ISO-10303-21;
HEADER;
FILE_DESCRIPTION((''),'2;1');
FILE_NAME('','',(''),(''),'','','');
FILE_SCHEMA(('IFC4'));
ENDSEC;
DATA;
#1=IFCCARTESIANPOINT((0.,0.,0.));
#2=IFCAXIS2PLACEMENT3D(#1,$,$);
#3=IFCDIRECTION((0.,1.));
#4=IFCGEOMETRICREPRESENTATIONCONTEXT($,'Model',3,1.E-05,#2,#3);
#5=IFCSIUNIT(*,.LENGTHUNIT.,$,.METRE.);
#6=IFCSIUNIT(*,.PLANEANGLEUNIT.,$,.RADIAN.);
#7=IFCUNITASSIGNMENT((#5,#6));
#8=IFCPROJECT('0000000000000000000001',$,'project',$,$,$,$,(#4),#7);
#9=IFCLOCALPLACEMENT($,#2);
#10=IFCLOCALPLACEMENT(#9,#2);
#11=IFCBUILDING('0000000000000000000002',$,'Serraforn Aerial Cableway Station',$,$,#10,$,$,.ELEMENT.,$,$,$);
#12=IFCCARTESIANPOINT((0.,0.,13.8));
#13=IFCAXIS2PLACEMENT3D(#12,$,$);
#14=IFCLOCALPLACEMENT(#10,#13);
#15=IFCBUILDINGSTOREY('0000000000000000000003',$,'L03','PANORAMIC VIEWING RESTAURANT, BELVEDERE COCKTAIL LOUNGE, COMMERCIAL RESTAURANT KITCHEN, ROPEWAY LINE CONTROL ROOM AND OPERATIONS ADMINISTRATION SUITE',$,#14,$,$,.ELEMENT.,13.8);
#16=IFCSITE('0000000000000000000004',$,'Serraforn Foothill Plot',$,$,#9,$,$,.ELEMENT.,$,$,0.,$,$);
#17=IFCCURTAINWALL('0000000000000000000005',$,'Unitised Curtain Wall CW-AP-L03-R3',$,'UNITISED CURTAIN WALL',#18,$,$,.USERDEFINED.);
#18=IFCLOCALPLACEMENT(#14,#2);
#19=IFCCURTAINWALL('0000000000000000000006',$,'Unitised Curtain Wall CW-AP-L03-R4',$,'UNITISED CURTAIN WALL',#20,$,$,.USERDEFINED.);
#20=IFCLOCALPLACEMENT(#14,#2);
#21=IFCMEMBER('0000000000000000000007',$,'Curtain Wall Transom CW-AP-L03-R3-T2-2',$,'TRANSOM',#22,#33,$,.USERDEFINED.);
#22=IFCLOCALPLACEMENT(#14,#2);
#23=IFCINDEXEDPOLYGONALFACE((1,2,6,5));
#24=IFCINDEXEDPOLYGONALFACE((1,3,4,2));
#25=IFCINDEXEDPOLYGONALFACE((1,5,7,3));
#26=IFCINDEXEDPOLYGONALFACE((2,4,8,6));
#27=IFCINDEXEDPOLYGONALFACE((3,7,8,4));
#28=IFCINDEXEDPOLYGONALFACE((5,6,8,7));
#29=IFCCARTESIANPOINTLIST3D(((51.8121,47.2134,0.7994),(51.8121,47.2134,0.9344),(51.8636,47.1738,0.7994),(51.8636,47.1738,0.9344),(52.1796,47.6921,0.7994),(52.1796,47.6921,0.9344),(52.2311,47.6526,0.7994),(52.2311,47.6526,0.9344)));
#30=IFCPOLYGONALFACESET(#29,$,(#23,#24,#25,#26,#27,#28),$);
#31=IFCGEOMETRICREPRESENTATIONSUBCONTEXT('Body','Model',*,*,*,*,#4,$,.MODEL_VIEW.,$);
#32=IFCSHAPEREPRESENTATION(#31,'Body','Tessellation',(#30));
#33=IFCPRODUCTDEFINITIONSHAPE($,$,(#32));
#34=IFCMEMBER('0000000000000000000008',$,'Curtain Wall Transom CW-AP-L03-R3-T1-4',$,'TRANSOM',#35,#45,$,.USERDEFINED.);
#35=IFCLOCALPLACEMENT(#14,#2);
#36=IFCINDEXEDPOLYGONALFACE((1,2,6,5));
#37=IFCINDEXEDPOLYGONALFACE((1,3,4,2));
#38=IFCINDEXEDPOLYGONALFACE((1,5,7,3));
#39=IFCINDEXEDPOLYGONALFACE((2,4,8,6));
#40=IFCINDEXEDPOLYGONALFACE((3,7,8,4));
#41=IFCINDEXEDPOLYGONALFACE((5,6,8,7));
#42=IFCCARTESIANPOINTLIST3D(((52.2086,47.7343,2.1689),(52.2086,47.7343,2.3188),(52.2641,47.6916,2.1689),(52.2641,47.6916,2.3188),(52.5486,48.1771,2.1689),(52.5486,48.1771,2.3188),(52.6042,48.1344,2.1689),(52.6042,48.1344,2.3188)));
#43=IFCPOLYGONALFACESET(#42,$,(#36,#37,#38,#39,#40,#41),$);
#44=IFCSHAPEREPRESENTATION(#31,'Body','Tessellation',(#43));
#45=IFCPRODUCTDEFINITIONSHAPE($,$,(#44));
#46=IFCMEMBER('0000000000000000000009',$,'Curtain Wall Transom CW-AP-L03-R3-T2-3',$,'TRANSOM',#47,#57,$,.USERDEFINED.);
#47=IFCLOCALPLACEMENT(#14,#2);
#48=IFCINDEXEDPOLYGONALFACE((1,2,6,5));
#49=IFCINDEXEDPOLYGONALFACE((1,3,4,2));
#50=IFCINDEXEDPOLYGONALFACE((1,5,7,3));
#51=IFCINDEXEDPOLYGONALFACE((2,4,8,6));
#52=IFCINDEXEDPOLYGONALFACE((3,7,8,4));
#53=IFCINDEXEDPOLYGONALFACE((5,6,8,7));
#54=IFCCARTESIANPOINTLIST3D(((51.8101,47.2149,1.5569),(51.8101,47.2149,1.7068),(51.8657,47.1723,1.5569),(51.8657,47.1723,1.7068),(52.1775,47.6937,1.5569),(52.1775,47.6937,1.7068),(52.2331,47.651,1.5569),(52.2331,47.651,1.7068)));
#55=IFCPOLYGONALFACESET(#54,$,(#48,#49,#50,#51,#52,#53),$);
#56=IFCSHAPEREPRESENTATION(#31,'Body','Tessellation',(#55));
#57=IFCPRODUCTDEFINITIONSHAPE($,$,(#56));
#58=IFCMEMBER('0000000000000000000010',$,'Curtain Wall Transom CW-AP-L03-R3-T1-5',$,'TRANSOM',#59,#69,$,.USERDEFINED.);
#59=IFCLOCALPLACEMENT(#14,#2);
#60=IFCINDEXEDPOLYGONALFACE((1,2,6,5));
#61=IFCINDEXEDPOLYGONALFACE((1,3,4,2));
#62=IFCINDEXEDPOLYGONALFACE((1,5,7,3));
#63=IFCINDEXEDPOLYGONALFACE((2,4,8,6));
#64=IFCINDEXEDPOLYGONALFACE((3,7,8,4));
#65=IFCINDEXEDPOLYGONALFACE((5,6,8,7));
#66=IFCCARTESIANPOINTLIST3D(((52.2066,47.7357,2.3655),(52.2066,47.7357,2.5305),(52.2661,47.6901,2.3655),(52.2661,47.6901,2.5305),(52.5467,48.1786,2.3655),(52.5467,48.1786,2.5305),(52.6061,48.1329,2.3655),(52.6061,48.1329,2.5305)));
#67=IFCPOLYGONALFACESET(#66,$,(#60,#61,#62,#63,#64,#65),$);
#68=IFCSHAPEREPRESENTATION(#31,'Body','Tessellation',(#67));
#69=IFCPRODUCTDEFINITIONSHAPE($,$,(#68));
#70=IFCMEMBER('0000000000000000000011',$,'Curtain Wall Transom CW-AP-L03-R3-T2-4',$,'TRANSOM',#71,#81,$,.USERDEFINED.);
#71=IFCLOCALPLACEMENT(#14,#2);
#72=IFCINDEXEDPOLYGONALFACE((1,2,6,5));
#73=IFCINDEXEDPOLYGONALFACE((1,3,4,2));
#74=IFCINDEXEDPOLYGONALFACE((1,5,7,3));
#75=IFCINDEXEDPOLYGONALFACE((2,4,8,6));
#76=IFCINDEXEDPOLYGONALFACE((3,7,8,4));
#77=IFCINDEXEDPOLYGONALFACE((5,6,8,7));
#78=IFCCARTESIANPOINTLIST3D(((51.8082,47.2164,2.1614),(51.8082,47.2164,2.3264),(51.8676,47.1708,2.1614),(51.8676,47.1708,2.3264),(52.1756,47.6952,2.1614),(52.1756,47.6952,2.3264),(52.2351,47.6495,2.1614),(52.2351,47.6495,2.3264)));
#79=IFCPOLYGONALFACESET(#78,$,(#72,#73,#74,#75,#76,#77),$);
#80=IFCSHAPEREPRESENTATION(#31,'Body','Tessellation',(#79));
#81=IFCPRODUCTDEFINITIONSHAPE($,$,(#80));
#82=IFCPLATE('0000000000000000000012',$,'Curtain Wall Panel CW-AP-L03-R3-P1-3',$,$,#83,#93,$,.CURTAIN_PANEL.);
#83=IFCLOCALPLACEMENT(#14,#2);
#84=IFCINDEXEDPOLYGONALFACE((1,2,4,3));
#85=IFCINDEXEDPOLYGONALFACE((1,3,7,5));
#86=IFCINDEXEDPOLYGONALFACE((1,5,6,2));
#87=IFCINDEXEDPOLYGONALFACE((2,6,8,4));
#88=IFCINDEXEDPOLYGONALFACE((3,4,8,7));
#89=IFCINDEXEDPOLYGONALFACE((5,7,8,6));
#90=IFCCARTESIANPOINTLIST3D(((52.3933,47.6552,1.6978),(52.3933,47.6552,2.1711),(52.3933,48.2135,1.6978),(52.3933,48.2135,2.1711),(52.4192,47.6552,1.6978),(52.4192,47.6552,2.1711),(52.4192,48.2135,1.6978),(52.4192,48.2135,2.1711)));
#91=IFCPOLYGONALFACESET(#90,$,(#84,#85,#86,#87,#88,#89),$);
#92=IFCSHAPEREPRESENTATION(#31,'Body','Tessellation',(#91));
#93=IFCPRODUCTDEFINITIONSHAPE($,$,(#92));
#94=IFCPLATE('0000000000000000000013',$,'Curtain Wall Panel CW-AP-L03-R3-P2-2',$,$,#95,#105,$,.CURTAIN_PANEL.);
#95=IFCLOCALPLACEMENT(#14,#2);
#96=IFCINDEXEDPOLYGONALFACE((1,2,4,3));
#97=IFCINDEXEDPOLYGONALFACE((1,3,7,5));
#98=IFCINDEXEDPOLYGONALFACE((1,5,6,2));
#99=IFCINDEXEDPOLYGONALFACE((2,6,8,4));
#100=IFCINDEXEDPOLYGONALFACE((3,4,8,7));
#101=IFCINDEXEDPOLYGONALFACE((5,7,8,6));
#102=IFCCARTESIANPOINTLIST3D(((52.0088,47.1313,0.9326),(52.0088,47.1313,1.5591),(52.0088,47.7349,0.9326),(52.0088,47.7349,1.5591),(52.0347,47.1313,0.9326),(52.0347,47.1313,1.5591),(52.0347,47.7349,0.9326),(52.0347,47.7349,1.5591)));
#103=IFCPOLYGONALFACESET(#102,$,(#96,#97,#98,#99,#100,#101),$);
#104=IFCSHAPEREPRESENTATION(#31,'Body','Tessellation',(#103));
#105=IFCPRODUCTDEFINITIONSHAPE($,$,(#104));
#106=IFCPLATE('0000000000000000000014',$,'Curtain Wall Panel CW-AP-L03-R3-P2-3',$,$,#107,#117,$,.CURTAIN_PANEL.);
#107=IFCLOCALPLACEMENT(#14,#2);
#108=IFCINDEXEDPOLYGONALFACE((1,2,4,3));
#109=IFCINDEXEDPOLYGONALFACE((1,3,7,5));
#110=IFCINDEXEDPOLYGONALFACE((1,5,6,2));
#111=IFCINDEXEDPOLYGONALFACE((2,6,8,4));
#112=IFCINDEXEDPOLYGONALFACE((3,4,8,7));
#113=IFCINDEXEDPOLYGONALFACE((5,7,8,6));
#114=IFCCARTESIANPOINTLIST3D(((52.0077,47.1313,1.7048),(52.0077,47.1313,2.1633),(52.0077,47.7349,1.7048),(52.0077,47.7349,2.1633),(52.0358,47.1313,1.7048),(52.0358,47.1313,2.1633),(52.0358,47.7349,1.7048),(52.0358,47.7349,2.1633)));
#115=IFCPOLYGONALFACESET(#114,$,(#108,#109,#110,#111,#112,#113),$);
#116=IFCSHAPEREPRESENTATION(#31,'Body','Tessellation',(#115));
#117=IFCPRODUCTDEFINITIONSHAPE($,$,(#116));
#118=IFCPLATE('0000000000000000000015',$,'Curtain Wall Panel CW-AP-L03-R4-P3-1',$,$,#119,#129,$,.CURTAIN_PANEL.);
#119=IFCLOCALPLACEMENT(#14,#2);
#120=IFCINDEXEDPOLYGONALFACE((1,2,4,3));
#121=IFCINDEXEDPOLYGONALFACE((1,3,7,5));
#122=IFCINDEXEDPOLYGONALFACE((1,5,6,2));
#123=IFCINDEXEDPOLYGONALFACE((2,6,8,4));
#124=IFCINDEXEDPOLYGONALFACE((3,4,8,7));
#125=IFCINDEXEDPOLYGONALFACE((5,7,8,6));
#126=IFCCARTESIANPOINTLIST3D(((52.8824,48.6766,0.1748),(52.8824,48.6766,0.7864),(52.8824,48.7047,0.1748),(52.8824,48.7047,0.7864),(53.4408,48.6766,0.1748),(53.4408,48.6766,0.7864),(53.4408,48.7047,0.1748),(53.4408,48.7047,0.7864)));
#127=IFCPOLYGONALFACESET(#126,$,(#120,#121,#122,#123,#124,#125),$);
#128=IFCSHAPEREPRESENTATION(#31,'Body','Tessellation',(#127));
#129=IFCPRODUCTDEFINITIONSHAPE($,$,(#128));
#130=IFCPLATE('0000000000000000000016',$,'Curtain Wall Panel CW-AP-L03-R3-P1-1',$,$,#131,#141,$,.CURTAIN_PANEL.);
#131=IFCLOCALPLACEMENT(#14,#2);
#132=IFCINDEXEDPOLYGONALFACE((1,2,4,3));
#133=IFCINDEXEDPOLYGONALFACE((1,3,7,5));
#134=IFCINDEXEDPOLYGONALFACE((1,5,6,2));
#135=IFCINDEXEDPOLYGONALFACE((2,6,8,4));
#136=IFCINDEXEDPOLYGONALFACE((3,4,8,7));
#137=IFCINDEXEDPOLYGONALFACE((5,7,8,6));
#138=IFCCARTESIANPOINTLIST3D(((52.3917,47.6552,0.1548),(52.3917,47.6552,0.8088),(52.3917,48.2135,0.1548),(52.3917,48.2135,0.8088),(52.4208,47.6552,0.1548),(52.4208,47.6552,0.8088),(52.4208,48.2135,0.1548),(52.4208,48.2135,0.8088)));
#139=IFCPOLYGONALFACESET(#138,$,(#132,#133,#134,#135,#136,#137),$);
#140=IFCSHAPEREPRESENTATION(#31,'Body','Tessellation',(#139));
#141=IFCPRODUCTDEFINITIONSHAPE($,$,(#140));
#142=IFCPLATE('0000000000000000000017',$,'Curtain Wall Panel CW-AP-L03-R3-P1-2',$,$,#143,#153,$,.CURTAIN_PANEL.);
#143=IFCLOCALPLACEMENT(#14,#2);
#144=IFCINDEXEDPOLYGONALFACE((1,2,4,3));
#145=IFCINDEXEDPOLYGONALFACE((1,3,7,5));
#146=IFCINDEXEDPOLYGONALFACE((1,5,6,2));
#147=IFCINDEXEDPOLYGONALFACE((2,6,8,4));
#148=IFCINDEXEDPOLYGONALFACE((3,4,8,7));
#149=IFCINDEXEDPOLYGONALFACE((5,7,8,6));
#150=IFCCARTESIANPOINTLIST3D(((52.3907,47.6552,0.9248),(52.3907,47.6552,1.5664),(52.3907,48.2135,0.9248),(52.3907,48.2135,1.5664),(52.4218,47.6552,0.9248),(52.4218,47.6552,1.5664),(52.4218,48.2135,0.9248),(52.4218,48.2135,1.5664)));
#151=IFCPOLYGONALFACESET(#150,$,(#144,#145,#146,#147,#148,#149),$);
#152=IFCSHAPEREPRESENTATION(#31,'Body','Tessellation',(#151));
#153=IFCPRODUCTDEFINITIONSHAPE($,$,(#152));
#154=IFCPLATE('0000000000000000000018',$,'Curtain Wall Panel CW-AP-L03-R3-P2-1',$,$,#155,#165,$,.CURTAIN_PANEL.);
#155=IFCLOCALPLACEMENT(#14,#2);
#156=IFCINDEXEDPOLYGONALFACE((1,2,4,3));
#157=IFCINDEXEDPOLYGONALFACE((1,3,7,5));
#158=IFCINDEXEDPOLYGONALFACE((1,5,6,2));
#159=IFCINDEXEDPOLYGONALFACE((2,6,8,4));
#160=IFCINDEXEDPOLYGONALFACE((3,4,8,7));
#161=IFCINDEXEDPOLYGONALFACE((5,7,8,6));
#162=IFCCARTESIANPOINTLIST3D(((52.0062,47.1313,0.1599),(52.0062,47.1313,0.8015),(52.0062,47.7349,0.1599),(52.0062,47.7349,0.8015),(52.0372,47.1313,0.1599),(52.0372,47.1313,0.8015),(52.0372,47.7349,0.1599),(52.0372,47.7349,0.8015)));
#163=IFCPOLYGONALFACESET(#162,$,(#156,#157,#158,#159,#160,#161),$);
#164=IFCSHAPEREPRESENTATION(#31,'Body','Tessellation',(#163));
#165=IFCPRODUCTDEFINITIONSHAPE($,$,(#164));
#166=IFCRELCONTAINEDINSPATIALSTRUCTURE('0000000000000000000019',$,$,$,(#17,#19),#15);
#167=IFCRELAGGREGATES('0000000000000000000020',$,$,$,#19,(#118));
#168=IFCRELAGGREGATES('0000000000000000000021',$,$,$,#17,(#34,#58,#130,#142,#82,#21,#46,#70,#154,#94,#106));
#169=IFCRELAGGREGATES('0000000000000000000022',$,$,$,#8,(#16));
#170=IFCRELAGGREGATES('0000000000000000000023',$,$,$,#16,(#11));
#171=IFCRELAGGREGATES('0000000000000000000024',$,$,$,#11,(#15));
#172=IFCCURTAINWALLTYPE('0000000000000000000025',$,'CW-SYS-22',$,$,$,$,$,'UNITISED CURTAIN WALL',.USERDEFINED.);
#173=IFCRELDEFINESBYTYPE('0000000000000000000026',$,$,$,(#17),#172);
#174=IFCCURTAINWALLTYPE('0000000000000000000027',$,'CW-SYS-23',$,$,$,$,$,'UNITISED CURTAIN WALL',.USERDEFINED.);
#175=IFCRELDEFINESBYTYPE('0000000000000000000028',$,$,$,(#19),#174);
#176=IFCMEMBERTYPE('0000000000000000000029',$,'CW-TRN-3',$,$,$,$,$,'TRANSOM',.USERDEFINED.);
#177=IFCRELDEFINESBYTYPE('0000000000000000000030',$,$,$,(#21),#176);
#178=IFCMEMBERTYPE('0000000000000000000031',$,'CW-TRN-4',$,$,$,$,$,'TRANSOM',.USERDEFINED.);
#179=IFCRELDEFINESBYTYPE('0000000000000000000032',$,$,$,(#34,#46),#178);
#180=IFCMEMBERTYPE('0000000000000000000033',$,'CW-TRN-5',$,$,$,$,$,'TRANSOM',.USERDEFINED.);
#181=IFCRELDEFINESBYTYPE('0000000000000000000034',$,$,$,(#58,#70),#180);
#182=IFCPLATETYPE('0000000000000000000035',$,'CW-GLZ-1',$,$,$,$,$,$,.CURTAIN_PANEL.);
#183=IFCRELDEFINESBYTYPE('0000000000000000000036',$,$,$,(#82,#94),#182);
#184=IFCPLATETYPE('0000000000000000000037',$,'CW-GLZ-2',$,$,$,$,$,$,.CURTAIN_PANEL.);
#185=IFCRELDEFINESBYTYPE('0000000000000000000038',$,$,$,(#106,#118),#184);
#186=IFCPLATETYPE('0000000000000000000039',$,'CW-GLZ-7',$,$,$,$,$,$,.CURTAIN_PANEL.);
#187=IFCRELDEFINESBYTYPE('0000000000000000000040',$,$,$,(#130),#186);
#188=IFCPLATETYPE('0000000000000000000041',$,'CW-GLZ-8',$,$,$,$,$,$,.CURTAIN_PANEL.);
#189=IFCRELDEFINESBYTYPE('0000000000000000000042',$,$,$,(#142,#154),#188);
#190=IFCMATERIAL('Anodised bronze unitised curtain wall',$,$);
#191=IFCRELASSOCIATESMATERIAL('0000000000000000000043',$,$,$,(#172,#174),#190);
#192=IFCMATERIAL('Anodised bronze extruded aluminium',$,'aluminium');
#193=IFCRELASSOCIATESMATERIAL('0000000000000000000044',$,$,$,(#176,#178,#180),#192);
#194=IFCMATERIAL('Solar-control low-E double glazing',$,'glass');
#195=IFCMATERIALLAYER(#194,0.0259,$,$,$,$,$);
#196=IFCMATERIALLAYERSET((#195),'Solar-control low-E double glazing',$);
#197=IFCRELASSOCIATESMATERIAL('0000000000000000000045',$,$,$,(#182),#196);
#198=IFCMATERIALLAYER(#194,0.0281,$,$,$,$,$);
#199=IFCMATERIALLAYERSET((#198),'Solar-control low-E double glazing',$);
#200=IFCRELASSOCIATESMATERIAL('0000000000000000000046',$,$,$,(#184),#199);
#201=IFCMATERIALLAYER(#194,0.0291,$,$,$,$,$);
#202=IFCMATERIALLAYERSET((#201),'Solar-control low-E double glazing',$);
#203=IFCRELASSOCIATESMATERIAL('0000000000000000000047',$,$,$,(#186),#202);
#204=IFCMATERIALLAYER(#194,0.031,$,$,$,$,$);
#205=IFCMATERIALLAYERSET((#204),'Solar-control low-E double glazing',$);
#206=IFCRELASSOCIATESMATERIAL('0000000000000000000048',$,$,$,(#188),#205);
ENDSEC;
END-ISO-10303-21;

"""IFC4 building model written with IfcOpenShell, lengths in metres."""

from ifc_helpers import new_model, si_unit, direction, frame, origin, origin_2d, place, context, subcontext, project, spatial, rectangle, extrude, material, layer, layer_set, material_profile, profile_set, type_object, element, aggregate, save


model = new_model("IFC4")

# Units and contexts
model_context = context("Model", 3, precision=1e-05, world=origin(), true_north=direction((0.0, 1.0)))
body_context = subcontext(model_context, "Body", "Model", "MODEL_VIEW")
ifc_project = project(units=[si_unit("LENGTHUNIT", "METRE"), si_unit("PLANEANGLEUNIT", "RADIAN")], contexts=[model_context])

# Site, building, storey
site_placement = place(None, origin())
site = spatial("IfcSite", under=ifc_project, at=site_placement, Name="Serraforn Foothill Plot", CompositionType="ELEMENT", RefElevation=0.0)
building_placement = place(site_placement, origin())
building = spatial("IfcBuilding", under=site, at=building_placement, Name="Serraforn Aerial Cableway Station", CompositionType="ELEMENT")
storey_placement = place(building_placement, frame((0.0, 0.0, 13.8)))
storey = spatial("IfcBuildingStorey", under=building, at=storey_placement, Name="L03", Description="PANORAMIC VIEWING RESTAURANT, BELVEDERE COCKTAIL LOUNGE, COMMERCIAL RESTAURANT KITCHEN, ROPEWAY LINE CONTROL ROOM AND OPERATIONS ADMINISTRATION SUITE", CompositionType="ELEMENT", Elevation=13.8)

# Curtain wall
ifc_material_1 = material(Name="Anodised bronze unitised curtain wall")
curtain_wall_type_1 = type_object("IfcCurtainWallType", Name="CW-SYS-22", ElementType="UNITISED CURTAIN WALL", PredefinedType="USERDEFINED", material=ifc_material_1)
curtain_wall_1_placement = place(storey_placement, origin())
curtain_wall_1 = element("IfcCurtainWall", 1, at=curtain_wall_1_placement, inside=storey, type_object=curtain_wall_type_1, Name="Unitised Curtain Wall CW-AP-L03-R3", ObjectType="UNITISED CURTAIN WALL", PredefinedType="USERDEFINED")
ifc_material_2 = material(Name="Anodised bronze extruded aluminium", Category="aluminium")

# Curtain wall
curtain_wall_type_2 = type_object("IfcCurtainWallType", Name="CW-SYS-23", ElementType="UNITISED CURTAIN WALL", PredefinedType="USERDEFINED", material=ifc_material_1)
curtain_wall_2_placement = place(storey_placement, origin())
curtain_wall_2 = element("IfcCurtainWall", 2, at=curtain_wall_2_placement, inside=storey, type_object=curtain_wall_type_2, Name="Unitised Curtain Wall CW-AP-L03-R4", ObjectType="UNITISED CURTAIN WALL", PredefinedType="USERDEFINED")

# Members
ifc_material_profile_1 = material_profile(ifc_material_2, rectangle(XDim=0.0649, YDim=0.135, at=origin_2d()), Name="CW TRANSOM 65x135")
ifc_profile_set_1 = profile_set([ifc_material_profile_1], Name="Anodised bronze extruded aluminium")
member_type_1 = type_object("IfcMemberType", Name="CW-TRN-3", ElementType="TRANSOM", PredefinedType="USERDEFINED", material=ifc_profile_set_1)
member_1_placement = place(storey_placement, frame((52.2053, 47.6724, 0.8669), z_axis=(-0.608831, -0.7933, 0.0), x_axis=(0.7933, -0.608831, 0.0)))
member_1 = element("IfcMember", 3, at=member_1_placement, type_object=member_type_1, Name="Curtain Wall Transom CW-AP-L03-R3-T2-2", ObjectType="TRANSOM", PredefinedType="USERDEFINED", context=body_context, shape_type="SweptSolid", body=[
    extrude(rectangle(XDim=0.0649, YDim=0.135, at=origin_2d()), origin(), (0.0, 0.0, 1.0), 0.6035),
])
ifc_material_profile_2 = material_profile(ifc_material_2, rectangle(XDim=0.0701, YDim=0.1499, at=origin_2d()), Name="CW TRANSOM 70x150")
ifc_profile_set_2 = profile_set([ifc_material_profile_2], Name="Anodised bronze extruded aluminium")
member_type_2 = type_object("IfcMemberType", Name="CW-TRN-4", ElementType="TRANSOM", PredefinedType="USERDEFINED", material=ifc_profile_set_2)
member_2_placement = place(storey_placement, frame((52.5764, 48.1558, 2.2439), z_axis=(-0.609056, -0.793128, 0.0), x_axis=(0.793128, -0.609056, 0.0)))
member_2 = element("IfcMember", 4, at=member_2_placement, type_object=member_type_2, Name="Curtain Wall Transom CW-AP-L03-R3-T1-4", ObjectType="TRANSOM", PredefinedType="USERDEFINED", context=body_context, shape_type="SweptSolid", body=[
    extrude(rectangle(XDim=0.0701, YDim=0.1499, at=origin_2d()), origin(), (0.0, 0.0, 1.0), 0.5583),
])
member_3_placement = place(storey_placement, frame((52.2053, 47.6724, 1.6318), z_axis=(-0.608831, -0.7933, 0.0), x_axis=(0.7933, -0.608831, 0.0)))
member_3 = element("IfcMember", 5, at=member_3_placement, type_object=member_type_2, Name="Curtain Wall Transom CW-AP-L03-R3-T2-3", ObjectType="TRANSOM", PredefinedType="USERDEFINED", context=body_context, shape_type="SweptSolid", body=[
    extrude(rectangle(XDim=0.0701, YDim=0.1499, at=origin_2d()), origin(), (0.0, 0.0, 1.0), 0.6035),
])
ifc_material_profile_3 = material_profile(ifc_material_2, rectangle(XDim=0.075, YDim=0.165, at=origin_2d()), Name="CW TRANSOM 75x165")
ifc_profile_set_3 = profile_set([ifc_material_profile_3], Name="Anodised bronze extruded aluminium")
member_type_3 = type_object("IfcMemberType", Name="CW-TRN-5", ElementType="TRANSOM", PredefinedType="USERDEFINED", material=ifc_profile_set_3)
member_4_placement = place(storey_placement, frame((52.5764, 48.1558, 2.448), z_axis=(-0.609056, -0.793128, 0.0), x_axis=(0.793128, -0.609056, 0.0)))
member_4 = element("IfcMember", 6, at=member_4_placement, type_object=member_type_3, Name="Curtain Wall Transom CW-AP-L03-R3-T1-5", ObjectType="TRANSOM", PredefinedType="USERDEFINED", context=body_context, shape_type="SweptSolid", body=[
    extrude(rectangle(XDim=0.075, YDim=0.165, at=origin_2d()), origin(), (0.0, 0.0, 1.0), 0.5583),
])
member_5_placement = place(storey_placement, frame((52.2053, 47.6724, 2.2439), z_axis=(-0.608831, -0.7933, 0.0), x_axis=(0.7933, -0.608831, 0.0)))
member_5 = element("IfcMember", 7, at=member_5_placement, type_object=member_type_3, Name="Curtain Wall Transom CW-AP-L03-R3-T2-4", ObjectType="TRANSOM", PredefinedType="USERDEFINED", context=body_context, shape_type="SweptSolid", body=[
    extrude(rectangle(XDim=0.075, YDim=0.165, at=origin_2d()), origin(), (0.0, 0.0, 1.0), 0.6035),
])

# Plates
ifc_material_3 = material(Name="Solar-control low-E double glazing", Category="glass")
ifc_layer_1 = layer(ifc_material_3, 0.0259)
ifc_layer_set_1 = layer_set([ifc_layer_1], Name="Solar-control low-E double glazing")
plate_type_1 = type_object("IfcPlateType", Name="CW-GLZ-1", PredefinedType="CURTAIN_PANEL", material=ifc_layer_set_1)
plate_1_placement = place(storey_placement, frame((52.4062, 47.9343, 1.6978), z_axis=(0.0, 0.0, 1.0), x_axis=(1.0, 0.0, 0.0)))
plate_1 = element("IfcPlate", 8, at=plate_1_placement, type_object=plate_type_1, Name="Curtain Wall Panel CW-AP-L03-R3-P1-3", PredefinedType="CURTAIN_PANEL", context=body_context, shape_type="SweptSolid", body=[
    extrude(rectangle(XDim=0.0259, YDim=0.5583, at=origin_2d()), origin(), (0.0, 0.0, 1.0), 0.4734),
])
plate_2_placement = place(storey_placement, frame((52.0217, 47.4331, 0.9326), z_axis=(0.0, 0.0, 1.0), x_axis=(1.0, 0.0, 0.0)))
plate_2 = element("IfcPlate", 9, at=plate_2_placement, type_object=plate_type_1, Name="Curtain Wall Panel CW-AP-L03-R3-P2-2", PredefinedType="CURTAIN_PANEL", context=body_context, shape_type="SweptSolid", body=[
    extrude(rectangle(XDim=0.0259, YDim=0.6035, at=origin_2d()), origin(), (0.0, 0.0, 1.0), 0.6265),
])
ifc_layer_2 = layer(ifc_material_3, 0.0281)
ifc_layer_set_2 = layer_set([ifc_layer_2], Name="Solar-control low-E double glazing")
plate_type_2 = type_object("IfcPlateType", Name="CW-GLZ-2", PredefinedType="CURTAIN_PANEL", material=ifc_layer_set_2)
plate_3_placement = place(storey_placement, frame((52.0217, 47.4331, 1.7048), z_axis=(0.0, 0.0, 1.0), x_axis=(1.0, 0.0, 0.0)))
plate_3 = element("IfcPlate", 10, at=plate_3_placement, type_object=plate_type_2, Name="Curtain Wall Panel CW-AP-L03-R3-P2-3", PredefinedType="CURTAIN_PANEL", context=body_context, shape_type="SweptSolid", body=[
    extrude(rectangle(XDim=0.0281, YDim=0.6035, at=origin_2d()), origin(), (0.0, 0.0, 1.0), 0.4585),
])
plate_4_placement = place(storey_placement, frame((53.1616, 48.6907, 0.1748), z_axis=(0.0, 0.0, 1.0), x_axis=(1.0, 0.0, 0.0)))
plate_4 = element("IfcPlate", 11, at=plate_4_placement, type_object=plate_type_2, Name="Curtain Wall Panel CW-AP-L03-R4-P3-1", PredefinedType="CURTAIN_PANEL", context=body_context, shape_type="SweptSolid", body=[
    extrude(rectangle(XDim=0.5583, YDim=0.0281, at=origin_2d()), origin(), (0.0, 0.0, 1.0), 0.6116),
])
aggregate(curtain_wall_2, [plate_4])
ifc_layer_3 = layer(ifc_material_3, 0.0291)
ifc_layer_set_3 = layer_set([ifc_layer_3], Name="Solar-control low-E double glazing")
plate_type_3 = type_object("IfcPlateType", Name="CW-GLZ-7", PredefinedType="CURTAIN_PANEL", material=ifc_layer_set_3)
plate_5_placement = place(storey_placement, frame((52.4062, 47.9343, 0.1548), z_axis=(0.0, 0.0, 1.0), x_axis=(1.0, 0.0, 0.0)))
plate_5 = element("IfcPlate", 12, at=plate_5_placement, type_object=plate_type_3, Name="Curtain Wall Panel CW-AP-L03-R3-P1-1", PredefinedType="CURTAIN_PANEL", context=body_context, shape_type="SweptSolid", body=[
    extrude(rectangle(XDim=0.0291, YDim=0.5583, at=origin_2d()), origin(), (0.0, 0.0, 1.0), 0.6541),
])
ifc_layer_4 = layer(ifc_material_3, 0.031)
ifc_layer_set_4 = layer_set([ifc_layer_4], Name="Solar-control low-E double glazing")
plate_type_4 = type_object("IfcPlateType", Name="CW-GLZ-8", PredefinedType="CURTAIN_PANEL", material=ifc_layer_set_4)
plate_6_placement = place(storey_placement, frame((52.4062, 47.9343, 0.9248), z_axis=(0.0, 0.0, 1.0), x_axis=(1.0, 0.0, 0.0)))
plate_6 = element("IfcPlate", 13, at=plate_6_placement, type_object=plate_type_4, Name="Curtain Wall Panel CW-AP-L03-R3-P1-2", PredefinedType="CURTAIN_PANEL", context=body_context, shape_type="SweptSolid", body=[
    extrude(rectangle(XDim=0.031, YDim=0.5583, at=origin_2d()), origin(), (0.0, 0.0, 1.0), 0.6416),
])
plate_7_placement = place(storey_placement, frame((52.0217, 47.4331, 0.1599), z_axis=(0.0, 0.0, 1.0), x_axis=(1.0, 0.0, 0.0)))
plate_7 = element("IfcPlate", 14, at=plate_7_placement, type_object=plate_type_4, Name="Curtain Wall Panel CW-AP-L03-R3-P2-1", PredefinedType="CURTAIN_PANEL", context=body_context, shape_type="SweptSolid", body=[
    extrude(rectangle(XDim=0.031, YDim=0.6035, at=origin_2d()), origin(), (0.0, 0.0, 1.0), 0.6416),
])
aggregate(curtain_wall_1, [member_2, member_4, plate_5, plate_6, plate_1, member_1, member_3, member_5, plate_7, plate_2, plate_3])

save(model, "model.ifc")
